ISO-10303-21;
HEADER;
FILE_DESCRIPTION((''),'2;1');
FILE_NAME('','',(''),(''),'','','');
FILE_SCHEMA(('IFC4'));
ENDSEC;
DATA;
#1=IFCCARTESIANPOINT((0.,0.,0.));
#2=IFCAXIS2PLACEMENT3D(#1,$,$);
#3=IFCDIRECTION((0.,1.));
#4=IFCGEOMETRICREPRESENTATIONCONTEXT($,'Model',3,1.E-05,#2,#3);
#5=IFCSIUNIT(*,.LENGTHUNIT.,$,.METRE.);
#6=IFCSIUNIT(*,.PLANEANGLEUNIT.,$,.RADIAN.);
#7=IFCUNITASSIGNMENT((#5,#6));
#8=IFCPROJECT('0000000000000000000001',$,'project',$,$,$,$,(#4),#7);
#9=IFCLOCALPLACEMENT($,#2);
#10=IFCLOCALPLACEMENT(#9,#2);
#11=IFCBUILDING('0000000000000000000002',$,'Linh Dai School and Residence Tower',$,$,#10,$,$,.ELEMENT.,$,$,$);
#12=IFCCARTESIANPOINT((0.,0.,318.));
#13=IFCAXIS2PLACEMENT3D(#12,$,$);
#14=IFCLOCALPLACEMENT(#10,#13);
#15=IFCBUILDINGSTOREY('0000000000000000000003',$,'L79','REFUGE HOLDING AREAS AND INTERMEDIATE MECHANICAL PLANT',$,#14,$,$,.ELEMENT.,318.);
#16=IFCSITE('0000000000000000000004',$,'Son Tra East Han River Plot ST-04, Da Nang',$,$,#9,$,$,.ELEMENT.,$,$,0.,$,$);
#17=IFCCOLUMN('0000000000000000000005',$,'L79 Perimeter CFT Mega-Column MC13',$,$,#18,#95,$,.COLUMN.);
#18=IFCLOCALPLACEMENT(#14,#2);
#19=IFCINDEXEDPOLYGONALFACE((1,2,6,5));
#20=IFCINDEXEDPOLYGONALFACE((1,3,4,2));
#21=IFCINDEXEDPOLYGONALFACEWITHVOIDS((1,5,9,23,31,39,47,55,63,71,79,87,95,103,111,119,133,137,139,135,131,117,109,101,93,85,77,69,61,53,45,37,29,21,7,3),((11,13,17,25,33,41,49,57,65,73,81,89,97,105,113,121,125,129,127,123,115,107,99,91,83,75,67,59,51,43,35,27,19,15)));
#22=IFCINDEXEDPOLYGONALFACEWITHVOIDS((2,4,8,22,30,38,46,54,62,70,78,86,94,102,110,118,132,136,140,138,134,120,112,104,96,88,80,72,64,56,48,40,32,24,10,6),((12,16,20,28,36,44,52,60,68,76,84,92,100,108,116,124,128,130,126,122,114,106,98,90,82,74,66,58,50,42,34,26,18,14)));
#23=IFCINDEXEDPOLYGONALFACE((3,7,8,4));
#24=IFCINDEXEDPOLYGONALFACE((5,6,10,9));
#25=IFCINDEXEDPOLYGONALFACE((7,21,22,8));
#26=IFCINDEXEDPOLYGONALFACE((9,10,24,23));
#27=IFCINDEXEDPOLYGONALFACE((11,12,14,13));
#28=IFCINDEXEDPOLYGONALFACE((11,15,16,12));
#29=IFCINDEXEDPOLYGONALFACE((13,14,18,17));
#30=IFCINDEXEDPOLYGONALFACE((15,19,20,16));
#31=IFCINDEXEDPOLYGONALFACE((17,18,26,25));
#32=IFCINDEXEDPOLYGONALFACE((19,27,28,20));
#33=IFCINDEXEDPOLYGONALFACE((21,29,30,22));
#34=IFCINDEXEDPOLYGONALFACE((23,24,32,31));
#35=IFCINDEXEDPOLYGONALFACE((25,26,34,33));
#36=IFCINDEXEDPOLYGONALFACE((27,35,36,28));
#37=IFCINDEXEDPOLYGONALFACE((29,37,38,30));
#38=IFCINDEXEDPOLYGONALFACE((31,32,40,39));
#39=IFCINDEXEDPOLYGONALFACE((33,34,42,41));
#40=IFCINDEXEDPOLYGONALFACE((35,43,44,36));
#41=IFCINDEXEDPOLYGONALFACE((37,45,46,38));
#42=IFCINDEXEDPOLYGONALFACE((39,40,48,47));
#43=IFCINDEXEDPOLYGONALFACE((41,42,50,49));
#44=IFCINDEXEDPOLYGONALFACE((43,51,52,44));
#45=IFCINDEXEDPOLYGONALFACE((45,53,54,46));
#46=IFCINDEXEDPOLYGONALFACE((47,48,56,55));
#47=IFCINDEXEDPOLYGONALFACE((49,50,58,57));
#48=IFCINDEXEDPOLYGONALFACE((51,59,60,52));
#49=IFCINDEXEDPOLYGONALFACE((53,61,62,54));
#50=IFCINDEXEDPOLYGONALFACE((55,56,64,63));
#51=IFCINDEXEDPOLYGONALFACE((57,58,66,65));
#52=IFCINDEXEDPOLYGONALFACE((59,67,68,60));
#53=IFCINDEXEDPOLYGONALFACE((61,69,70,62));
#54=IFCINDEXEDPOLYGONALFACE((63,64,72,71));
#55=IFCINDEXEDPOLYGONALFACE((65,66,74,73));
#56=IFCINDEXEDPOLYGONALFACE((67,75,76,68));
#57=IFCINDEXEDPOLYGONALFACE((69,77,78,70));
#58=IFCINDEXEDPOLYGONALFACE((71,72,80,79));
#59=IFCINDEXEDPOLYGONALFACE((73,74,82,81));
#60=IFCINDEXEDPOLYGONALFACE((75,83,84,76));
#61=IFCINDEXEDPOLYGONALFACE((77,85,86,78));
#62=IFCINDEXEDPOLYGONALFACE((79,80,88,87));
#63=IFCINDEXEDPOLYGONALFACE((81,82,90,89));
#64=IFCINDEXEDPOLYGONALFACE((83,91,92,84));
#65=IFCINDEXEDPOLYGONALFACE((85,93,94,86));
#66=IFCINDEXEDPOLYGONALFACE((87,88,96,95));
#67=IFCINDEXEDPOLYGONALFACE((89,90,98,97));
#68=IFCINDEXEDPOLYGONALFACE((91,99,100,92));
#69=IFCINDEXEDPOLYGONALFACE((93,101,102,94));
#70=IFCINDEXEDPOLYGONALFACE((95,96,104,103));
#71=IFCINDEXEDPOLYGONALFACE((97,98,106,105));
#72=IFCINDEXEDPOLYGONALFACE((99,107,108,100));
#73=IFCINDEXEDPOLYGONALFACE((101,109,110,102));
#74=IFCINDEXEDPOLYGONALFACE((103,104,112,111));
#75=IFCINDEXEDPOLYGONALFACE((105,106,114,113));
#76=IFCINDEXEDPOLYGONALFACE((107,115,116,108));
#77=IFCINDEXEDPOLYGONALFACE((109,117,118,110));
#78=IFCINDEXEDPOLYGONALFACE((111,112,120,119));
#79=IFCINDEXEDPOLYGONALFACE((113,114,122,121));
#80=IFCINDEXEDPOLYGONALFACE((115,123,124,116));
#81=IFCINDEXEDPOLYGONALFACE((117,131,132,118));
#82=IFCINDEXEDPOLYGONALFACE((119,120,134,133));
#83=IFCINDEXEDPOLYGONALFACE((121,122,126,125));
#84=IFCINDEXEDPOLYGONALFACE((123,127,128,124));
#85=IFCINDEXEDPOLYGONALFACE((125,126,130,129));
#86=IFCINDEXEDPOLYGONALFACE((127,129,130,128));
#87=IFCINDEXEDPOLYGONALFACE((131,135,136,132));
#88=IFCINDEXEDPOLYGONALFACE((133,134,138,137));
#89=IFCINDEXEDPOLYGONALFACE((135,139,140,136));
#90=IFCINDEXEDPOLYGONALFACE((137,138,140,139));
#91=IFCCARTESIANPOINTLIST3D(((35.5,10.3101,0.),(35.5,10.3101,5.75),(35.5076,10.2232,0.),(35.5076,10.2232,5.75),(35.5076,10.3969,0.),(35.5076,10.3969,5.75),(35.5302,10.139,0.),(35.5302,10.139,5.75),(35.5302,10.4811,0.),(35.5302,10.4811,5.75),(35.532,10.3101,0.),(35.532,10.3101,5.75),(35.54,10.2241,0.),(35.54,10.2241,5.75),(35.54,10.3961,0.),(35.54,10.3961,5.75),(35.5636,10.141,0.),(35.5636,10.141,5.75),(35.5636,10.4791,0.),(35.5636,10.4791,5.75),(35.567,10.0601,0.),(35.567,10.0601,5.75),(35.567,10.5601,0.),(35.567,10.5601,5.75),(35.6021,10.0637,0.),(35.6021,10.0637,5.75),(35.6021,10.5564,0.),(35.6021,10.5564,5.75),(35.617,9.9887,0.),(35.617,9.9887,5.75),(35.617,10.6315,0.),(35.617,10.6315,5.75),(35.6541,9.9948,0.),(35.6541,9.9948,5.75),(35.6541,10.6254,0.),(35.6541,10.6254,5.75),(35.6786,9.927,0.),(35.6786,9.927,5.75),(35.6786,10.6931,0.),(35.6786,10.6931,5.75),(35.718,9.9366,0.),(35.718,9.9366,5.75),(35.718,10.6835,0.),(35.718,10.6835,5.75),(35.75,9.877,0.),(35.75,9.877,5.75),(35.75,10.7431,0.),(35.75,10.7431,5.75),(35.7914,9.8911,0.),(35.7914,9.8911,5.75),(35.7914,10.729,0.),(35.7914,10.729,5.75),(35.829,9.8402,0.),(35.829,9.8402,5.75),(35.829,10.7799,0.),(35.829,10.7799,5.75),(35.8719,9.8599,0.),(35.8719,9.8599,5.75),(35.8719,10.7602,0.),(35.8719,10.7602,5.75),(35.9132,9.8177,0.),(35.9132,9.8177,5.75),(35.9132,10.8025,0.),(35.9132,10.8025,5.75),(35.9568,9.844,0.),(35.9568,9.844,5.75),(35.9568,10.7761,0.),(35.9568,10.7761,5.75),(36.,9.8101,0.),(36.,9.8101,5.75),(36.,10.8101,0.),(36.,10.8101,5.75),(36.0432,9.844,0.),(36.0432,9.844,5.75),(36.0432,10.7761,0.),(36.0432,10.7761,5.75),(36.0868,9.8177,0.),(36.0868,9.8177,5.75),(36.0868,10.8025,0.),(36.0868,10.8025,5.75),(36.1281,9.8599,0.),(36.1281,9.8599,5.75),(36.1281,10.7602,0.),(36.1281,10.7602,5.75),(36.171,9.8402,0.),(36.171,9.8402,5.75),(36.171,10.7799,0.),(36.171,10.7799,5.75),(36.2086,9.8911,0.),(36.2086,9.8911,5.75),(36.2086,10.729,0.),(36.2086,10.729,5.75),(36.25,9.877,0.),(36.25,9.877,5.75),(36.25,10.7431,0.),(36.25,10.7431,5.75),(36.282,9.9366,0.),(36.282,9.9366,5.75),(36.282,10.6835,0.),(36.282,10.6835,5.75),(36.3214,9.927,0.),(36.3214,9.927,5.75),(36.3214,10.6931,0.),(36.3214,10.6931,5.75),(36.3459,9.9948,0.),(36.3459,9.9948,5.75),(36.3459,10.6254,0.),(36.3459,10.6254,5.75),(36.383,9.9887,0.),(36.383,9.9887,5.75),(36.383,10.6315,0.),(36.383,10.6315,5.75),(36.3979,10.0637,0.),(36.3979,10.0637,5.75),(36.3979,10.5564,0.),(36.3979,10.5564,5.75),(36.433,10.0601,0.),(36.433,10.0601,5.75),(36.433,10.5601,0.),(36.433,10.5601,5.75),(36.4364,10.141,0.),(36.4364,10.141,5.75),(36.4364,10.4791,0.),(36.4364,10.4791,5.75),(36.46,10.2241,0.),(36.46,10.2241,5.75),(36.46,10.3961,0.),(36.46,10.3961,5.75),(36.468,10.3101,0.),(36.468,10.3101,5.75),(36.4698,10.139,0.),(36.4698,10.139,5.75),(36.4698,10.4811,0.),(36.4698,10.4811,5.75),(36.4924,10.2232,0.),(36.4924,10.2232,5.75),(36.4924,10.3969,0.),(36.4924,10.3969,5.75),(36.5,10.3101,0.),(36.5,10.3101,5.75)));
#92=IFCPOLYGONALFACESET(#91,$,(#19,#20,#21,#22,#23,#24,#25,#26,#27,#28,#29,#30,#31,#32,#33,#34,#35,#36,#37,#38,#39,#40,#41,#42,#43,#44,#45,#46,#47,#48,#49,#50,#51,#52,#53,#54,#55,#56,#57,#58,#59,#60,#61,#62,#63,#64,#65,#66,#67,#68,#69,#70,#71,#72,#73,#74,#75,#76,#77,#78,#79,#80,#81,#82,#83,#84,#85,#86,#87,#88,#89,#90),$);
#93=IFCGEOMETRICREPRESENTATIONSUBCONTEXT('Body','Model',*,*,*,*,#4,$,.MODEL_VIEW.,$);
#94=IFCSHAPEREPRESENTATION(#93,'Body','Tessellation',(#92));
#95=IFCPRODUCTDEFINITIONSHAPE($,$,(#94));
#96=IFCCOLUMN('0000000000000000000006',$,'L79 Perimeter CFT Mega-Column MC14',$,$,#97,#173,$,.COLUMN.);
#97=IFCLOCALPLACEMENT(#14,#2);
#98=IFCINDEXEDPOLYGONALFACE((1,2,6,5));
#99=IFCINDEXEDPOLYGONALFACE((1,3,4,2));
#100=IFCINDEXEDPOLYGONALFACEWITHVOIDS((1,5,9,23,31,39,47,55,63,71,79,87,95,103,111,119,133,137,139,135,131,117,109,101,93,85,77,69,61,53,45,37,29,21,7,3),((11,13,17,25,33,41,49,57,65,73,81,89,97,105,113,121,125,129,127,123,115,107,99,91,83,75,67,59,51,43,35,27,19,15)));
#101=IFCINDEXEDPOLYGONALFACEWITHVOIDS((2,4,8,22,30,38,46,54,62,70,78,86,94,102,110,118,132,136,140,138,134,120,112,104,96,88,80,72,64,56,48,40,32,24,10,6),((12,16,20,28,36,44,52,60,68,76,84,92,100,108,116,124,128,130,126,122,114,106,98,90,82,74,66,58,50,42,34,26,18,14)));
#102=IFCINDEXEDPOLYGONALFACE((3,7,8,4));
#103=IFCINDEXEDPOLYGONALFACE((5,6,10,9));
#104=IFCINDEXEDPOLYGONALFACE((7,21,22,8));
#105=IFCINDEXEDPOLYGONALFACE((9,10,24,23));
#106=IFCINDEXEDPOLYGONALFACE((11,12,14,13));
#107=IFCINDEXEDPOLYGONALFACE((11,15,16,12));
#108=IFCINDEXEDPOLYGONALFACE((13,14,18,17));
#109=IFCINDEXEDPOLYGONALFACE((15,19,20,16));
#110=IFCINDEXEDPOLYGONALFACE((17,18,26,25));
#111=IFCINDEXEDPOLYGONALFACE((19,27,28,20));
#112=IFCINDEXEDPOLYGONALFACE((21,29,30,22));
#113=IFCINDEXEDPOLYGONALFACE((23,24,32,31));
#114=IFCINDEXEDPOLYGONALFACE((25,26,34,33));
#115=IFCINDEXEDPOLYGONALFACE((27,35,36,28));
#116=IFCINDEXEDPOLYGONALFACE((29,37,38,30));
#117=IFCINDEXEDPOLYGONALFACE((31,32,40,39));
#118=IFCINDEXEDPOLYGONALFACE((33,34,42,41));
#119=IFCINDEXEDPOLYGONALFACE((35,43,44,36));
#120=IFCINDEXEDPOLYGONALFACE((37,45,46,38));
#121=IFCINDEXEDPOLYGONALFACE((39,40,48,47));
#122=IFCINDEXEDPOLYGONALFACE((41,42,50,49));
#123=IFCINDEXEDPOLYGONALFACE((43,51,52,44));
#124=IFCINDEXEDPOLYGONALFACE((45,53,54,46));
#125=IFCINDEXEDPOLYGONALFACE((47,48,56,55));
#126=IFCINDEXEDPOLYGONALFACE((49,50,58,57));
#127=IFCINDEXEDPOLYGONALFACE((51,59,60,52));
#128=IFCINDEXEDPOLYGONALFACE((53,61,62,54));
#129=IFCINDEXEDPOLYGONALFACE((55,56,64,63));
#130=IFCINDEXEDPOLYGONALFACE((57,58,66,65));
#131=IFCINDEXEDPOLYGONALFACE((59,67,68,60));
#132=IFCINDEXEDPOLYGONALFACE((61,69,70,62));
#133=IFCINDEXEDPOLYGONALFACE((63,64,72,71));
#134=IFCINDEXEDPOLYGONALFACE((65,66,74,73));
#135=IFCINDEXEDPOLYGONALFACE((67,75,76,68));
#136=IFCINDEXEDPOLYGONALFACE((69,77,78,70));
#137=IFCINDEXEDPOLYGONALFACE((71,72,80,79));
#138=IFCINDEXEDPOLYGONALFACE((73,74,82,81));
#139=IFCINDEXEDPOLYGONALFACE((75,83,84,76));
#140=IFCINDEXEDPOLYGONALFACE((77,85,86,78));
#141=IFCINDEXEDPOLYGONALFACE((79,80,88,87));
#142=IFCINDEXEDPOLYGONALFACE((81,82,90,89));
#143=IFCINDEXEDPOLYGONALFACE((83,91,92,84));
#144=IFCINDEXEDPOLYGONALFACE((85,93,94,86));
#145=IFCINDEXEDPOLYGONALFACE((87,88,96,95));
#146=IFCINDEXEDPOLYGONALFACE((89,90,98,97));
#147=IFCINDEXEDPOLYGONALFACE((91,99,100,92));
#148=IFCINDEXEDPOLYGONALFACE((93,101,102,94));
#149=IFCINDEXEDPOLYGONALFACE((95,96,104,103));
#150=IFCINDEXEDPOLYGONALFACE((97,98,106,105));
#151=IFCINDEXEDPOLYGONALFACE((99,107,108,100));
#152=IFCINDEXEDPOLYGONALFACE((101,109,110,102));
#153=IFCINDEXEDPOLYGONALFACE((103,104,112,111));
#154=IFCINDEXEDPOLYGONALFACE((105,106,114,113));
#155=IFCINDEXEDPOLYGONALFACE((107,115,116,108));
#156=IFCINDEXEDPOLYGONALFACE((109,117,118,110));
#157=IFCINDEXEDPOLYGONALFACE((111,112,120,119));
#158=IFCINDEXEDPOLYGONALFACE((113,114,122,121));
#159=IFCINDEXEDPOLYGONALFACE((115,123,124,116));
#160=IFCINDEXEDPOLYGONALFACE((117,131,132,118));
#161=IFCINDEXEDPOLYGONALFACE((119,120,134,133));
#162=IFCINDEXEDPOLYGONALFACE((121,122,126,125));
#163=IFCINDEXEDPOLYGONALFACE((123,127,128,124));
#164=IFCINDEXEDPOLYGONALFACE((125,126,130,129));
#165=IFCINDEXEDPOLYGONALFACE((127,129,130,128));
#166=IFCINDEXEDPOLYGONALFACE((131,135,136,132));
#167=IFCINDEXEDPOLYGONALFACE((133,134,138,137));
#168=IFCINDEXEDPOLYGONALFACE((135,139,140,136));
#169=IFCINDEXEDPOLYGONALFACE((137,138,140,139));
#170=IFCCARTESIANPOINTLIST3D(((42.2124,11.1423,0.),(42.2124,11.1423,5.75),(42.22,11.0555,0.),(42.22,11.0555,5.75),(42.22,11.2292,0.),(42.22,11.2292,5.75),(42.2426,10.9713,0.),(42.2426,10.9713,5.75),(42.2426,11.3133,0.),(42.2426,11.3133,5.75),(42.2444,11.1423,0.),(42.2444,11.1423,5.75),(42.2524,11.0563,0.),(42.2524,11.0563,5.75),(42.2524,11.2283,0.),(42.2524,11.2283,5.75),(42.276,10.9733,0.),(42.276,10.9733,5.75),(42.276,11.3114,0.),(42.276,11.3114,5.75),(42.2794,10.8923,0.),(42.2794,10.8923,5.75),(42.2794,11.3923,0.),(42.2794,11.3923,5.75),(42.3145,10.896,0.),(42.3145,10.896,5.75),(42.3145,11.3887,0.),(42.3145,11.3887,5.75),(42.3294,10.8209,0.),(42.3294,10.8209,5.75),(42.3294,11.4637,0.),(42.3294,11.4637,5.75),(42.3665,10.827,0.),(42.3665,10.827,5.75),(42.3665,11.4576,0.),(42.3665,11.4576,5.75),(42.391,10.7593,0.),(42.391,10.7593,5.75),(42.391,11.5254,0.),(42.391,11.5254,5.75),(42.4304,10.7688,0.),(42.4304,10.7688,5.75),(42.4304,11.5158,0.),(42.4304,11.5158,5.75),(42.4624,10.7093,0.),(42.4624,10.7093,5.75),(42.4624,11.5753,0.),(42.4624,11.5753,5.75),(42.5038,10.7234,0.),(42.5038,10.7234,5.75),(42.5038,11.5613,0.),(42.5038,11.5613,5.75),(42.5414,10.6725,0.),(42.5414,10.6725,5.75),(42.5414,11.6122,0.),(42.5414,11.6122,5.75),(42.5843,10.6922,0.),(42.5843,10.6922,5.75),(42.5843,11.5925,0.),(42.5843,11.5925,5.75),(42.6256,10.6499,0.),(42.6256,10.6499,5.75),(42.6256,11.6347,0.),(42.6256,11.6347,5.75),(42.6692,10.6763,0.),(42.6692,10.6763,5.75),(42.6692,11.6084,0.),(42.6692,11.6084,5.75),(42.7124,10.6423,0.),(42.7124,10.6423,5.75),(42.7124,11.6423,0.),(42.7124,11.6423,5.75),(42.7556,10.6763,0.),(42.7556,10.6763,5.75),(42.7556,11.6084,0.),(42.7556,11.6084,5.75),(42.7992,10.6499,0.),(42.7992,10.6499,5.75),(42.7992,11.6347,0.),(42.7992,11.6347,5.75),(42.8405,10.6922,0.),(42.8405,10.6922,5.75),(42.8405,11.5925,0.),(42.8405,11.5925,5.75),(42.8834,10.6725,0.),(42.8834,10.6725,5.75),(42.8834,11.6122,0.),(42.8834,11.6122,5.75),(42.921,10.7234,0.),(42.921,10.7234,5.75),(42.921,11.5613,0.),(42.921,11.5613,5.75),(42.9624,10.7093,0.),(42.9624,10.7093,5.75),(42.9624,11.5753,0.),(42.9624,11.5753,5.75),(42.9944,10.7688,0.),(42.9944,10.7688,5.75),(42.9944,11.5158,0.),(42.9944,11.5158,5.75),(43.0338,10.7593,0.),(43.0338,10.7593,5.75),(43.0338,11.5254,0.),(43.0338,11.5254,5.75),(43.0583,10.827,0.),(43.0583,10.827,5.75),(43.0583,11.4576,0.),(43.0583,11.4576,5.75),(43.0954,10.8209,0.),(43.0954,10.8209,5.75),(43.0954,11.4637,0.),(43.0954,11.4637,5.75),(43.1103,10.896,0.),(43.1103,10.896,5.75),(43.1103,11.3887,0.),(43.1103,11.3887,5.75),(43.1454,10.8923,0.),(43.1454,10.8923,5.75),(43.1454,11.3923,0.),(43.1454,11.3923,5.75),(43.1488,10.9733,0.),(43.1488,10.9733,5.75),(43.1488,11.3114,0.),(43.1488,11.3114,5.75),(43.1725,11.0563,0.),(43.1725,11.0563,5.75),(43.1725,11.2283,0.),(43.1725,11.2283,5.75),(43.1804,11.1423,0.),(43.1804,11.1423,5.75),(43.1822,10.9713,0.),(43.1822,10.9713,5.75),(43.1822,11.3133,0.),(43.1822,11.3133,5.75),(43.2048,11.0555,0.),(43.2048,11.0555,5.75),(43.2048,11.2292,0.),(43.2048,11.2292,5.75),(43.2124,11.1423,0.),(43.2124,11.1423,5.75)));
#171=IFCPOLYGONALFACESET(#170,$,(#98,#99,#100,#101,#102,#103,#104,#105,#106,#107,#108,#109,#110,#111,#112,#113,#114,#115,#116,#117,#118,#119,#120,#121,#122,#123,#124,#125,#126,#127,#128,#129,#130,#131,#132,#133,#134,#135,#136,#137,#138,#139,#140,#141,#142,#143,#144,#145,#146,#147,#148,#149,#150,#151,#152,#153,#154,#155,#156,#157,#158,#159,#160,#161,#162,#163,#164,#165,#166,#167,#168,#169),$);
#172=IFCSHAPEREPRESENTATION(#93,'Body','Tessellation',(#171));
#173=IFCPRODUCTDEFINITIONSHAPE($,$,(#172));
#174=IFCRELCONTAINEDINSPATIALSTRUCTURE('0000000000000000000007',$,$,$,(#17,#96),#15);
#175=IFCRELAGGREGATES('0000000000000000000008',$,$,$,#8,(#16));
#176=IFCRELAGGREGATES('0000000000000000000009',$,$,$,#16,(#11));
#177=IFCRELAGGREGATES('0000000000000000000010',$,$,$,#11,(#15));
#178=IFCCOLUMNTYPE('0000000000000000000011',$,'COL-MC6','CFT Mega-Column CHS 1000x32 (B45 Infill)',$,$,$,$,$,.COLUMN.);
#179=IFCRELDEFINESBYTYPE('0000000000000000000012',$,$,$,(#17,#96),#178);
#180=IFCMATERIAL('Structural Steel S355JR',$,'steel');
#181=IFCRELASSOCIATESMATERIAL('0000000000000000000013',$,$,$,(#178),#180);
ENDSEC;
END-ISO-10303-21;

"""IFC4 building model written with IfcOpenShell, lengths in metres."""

from ifc_helpers import new_model, si_unit, direction, frame, origin, origin_2d, place, context, subcontext, project, spatial, hollow_circle, extrude, material, material_profile, profile_set, type_object, element, save


model = new_model("IFC4")

# Units and contexts
model_context = context("Model", 3, precision=1e-05, world=origin(), true_north=direction((0.0, 1.0)))
body_context = subcontext(model_context, "Body", "Model", "MODEL_VIEW")
ifc_project = project(units=[si_unit("LENGTHUNIT", "METRE"), si_unit("PLANEANGLEUNIT", "RADIAN")], contexts=[model_context])

# Site, building, storey
site_placement = place(None, origin())
site = spatial("IfcSite", under=ifc_project, at=site_placement, Name="Son Tra East Han River Plot ST-04, Da Nang", CompositionType="ELEMENT", RefElevation=0.0)
building_placement = place(site_placement, origin())
building = spatial("IfcBuilding", under=site, at=building_placement, Name="Linh Dai School and Residence Tower", CompositionType="ELEMENT")
storey_placement = place(building_placement, frame((0.0, 0.0, 318.0)))
storey = spatial("IfcBuildingStorey", under=building, at=storey_placement, Name="L79", Description="REFUGE HOLDING AREAS AND INTERMEDIATE MECHANICAL PLANT", CompositionType="ELEMENT", Elevation=318.0)

# Columns
ifc_material_1 = material(Name="Structural Steel S355JR", Category="steel")
ifc_material_profile_1 = material_profile(ifc_material_1, hollow_circle(Radius=0.5, WallThickness=0.032, at=origin_2d()), Name="CHS 1000x32")
ifc_profile_set_1 = profile_set([ifc_material_profile_1], Name="Structural Steel S355JR")
column_type = type_object("IfcColumnType", Name="COL-MC6", Description="CFT Mega-Column CHS 1000x32 (B45 Infill)", PredefinedType="COLUMN", material=ifc_profile_set_1)
for number, where, z_axis, x_axis, name in (
    (1, (36.0, 10.3101, 0.0), (0.0, 0.0, 1.0), (1.0, 0.0, 0.0), "L79 Perimeter CFT Mega-Column MC13"),
    (2, (42.7124, 11.1423, 0.0), (0.0, 0.0, 1.0), (1.0, 0.0, 0.0), "L79 Perimeter CFT Mega-Column MC14"),
):
    element("IfcColumn", number, at=place(storey_placement, frame(where, z_axis=z_axis, x_axis=x_axis)), inside=storey, type_object=column_type, Name=name, PredefinedType="COLUMN", context=body_context, shape_type="SweptSolid", body=[
        extrude(hollow_circle(Radius=0.5, WallThickness=0.032, at=origin_2d()), origin(), (0.0, 0.0, 1.0), 5.75),
    ])

save(model, "model.ifc")
